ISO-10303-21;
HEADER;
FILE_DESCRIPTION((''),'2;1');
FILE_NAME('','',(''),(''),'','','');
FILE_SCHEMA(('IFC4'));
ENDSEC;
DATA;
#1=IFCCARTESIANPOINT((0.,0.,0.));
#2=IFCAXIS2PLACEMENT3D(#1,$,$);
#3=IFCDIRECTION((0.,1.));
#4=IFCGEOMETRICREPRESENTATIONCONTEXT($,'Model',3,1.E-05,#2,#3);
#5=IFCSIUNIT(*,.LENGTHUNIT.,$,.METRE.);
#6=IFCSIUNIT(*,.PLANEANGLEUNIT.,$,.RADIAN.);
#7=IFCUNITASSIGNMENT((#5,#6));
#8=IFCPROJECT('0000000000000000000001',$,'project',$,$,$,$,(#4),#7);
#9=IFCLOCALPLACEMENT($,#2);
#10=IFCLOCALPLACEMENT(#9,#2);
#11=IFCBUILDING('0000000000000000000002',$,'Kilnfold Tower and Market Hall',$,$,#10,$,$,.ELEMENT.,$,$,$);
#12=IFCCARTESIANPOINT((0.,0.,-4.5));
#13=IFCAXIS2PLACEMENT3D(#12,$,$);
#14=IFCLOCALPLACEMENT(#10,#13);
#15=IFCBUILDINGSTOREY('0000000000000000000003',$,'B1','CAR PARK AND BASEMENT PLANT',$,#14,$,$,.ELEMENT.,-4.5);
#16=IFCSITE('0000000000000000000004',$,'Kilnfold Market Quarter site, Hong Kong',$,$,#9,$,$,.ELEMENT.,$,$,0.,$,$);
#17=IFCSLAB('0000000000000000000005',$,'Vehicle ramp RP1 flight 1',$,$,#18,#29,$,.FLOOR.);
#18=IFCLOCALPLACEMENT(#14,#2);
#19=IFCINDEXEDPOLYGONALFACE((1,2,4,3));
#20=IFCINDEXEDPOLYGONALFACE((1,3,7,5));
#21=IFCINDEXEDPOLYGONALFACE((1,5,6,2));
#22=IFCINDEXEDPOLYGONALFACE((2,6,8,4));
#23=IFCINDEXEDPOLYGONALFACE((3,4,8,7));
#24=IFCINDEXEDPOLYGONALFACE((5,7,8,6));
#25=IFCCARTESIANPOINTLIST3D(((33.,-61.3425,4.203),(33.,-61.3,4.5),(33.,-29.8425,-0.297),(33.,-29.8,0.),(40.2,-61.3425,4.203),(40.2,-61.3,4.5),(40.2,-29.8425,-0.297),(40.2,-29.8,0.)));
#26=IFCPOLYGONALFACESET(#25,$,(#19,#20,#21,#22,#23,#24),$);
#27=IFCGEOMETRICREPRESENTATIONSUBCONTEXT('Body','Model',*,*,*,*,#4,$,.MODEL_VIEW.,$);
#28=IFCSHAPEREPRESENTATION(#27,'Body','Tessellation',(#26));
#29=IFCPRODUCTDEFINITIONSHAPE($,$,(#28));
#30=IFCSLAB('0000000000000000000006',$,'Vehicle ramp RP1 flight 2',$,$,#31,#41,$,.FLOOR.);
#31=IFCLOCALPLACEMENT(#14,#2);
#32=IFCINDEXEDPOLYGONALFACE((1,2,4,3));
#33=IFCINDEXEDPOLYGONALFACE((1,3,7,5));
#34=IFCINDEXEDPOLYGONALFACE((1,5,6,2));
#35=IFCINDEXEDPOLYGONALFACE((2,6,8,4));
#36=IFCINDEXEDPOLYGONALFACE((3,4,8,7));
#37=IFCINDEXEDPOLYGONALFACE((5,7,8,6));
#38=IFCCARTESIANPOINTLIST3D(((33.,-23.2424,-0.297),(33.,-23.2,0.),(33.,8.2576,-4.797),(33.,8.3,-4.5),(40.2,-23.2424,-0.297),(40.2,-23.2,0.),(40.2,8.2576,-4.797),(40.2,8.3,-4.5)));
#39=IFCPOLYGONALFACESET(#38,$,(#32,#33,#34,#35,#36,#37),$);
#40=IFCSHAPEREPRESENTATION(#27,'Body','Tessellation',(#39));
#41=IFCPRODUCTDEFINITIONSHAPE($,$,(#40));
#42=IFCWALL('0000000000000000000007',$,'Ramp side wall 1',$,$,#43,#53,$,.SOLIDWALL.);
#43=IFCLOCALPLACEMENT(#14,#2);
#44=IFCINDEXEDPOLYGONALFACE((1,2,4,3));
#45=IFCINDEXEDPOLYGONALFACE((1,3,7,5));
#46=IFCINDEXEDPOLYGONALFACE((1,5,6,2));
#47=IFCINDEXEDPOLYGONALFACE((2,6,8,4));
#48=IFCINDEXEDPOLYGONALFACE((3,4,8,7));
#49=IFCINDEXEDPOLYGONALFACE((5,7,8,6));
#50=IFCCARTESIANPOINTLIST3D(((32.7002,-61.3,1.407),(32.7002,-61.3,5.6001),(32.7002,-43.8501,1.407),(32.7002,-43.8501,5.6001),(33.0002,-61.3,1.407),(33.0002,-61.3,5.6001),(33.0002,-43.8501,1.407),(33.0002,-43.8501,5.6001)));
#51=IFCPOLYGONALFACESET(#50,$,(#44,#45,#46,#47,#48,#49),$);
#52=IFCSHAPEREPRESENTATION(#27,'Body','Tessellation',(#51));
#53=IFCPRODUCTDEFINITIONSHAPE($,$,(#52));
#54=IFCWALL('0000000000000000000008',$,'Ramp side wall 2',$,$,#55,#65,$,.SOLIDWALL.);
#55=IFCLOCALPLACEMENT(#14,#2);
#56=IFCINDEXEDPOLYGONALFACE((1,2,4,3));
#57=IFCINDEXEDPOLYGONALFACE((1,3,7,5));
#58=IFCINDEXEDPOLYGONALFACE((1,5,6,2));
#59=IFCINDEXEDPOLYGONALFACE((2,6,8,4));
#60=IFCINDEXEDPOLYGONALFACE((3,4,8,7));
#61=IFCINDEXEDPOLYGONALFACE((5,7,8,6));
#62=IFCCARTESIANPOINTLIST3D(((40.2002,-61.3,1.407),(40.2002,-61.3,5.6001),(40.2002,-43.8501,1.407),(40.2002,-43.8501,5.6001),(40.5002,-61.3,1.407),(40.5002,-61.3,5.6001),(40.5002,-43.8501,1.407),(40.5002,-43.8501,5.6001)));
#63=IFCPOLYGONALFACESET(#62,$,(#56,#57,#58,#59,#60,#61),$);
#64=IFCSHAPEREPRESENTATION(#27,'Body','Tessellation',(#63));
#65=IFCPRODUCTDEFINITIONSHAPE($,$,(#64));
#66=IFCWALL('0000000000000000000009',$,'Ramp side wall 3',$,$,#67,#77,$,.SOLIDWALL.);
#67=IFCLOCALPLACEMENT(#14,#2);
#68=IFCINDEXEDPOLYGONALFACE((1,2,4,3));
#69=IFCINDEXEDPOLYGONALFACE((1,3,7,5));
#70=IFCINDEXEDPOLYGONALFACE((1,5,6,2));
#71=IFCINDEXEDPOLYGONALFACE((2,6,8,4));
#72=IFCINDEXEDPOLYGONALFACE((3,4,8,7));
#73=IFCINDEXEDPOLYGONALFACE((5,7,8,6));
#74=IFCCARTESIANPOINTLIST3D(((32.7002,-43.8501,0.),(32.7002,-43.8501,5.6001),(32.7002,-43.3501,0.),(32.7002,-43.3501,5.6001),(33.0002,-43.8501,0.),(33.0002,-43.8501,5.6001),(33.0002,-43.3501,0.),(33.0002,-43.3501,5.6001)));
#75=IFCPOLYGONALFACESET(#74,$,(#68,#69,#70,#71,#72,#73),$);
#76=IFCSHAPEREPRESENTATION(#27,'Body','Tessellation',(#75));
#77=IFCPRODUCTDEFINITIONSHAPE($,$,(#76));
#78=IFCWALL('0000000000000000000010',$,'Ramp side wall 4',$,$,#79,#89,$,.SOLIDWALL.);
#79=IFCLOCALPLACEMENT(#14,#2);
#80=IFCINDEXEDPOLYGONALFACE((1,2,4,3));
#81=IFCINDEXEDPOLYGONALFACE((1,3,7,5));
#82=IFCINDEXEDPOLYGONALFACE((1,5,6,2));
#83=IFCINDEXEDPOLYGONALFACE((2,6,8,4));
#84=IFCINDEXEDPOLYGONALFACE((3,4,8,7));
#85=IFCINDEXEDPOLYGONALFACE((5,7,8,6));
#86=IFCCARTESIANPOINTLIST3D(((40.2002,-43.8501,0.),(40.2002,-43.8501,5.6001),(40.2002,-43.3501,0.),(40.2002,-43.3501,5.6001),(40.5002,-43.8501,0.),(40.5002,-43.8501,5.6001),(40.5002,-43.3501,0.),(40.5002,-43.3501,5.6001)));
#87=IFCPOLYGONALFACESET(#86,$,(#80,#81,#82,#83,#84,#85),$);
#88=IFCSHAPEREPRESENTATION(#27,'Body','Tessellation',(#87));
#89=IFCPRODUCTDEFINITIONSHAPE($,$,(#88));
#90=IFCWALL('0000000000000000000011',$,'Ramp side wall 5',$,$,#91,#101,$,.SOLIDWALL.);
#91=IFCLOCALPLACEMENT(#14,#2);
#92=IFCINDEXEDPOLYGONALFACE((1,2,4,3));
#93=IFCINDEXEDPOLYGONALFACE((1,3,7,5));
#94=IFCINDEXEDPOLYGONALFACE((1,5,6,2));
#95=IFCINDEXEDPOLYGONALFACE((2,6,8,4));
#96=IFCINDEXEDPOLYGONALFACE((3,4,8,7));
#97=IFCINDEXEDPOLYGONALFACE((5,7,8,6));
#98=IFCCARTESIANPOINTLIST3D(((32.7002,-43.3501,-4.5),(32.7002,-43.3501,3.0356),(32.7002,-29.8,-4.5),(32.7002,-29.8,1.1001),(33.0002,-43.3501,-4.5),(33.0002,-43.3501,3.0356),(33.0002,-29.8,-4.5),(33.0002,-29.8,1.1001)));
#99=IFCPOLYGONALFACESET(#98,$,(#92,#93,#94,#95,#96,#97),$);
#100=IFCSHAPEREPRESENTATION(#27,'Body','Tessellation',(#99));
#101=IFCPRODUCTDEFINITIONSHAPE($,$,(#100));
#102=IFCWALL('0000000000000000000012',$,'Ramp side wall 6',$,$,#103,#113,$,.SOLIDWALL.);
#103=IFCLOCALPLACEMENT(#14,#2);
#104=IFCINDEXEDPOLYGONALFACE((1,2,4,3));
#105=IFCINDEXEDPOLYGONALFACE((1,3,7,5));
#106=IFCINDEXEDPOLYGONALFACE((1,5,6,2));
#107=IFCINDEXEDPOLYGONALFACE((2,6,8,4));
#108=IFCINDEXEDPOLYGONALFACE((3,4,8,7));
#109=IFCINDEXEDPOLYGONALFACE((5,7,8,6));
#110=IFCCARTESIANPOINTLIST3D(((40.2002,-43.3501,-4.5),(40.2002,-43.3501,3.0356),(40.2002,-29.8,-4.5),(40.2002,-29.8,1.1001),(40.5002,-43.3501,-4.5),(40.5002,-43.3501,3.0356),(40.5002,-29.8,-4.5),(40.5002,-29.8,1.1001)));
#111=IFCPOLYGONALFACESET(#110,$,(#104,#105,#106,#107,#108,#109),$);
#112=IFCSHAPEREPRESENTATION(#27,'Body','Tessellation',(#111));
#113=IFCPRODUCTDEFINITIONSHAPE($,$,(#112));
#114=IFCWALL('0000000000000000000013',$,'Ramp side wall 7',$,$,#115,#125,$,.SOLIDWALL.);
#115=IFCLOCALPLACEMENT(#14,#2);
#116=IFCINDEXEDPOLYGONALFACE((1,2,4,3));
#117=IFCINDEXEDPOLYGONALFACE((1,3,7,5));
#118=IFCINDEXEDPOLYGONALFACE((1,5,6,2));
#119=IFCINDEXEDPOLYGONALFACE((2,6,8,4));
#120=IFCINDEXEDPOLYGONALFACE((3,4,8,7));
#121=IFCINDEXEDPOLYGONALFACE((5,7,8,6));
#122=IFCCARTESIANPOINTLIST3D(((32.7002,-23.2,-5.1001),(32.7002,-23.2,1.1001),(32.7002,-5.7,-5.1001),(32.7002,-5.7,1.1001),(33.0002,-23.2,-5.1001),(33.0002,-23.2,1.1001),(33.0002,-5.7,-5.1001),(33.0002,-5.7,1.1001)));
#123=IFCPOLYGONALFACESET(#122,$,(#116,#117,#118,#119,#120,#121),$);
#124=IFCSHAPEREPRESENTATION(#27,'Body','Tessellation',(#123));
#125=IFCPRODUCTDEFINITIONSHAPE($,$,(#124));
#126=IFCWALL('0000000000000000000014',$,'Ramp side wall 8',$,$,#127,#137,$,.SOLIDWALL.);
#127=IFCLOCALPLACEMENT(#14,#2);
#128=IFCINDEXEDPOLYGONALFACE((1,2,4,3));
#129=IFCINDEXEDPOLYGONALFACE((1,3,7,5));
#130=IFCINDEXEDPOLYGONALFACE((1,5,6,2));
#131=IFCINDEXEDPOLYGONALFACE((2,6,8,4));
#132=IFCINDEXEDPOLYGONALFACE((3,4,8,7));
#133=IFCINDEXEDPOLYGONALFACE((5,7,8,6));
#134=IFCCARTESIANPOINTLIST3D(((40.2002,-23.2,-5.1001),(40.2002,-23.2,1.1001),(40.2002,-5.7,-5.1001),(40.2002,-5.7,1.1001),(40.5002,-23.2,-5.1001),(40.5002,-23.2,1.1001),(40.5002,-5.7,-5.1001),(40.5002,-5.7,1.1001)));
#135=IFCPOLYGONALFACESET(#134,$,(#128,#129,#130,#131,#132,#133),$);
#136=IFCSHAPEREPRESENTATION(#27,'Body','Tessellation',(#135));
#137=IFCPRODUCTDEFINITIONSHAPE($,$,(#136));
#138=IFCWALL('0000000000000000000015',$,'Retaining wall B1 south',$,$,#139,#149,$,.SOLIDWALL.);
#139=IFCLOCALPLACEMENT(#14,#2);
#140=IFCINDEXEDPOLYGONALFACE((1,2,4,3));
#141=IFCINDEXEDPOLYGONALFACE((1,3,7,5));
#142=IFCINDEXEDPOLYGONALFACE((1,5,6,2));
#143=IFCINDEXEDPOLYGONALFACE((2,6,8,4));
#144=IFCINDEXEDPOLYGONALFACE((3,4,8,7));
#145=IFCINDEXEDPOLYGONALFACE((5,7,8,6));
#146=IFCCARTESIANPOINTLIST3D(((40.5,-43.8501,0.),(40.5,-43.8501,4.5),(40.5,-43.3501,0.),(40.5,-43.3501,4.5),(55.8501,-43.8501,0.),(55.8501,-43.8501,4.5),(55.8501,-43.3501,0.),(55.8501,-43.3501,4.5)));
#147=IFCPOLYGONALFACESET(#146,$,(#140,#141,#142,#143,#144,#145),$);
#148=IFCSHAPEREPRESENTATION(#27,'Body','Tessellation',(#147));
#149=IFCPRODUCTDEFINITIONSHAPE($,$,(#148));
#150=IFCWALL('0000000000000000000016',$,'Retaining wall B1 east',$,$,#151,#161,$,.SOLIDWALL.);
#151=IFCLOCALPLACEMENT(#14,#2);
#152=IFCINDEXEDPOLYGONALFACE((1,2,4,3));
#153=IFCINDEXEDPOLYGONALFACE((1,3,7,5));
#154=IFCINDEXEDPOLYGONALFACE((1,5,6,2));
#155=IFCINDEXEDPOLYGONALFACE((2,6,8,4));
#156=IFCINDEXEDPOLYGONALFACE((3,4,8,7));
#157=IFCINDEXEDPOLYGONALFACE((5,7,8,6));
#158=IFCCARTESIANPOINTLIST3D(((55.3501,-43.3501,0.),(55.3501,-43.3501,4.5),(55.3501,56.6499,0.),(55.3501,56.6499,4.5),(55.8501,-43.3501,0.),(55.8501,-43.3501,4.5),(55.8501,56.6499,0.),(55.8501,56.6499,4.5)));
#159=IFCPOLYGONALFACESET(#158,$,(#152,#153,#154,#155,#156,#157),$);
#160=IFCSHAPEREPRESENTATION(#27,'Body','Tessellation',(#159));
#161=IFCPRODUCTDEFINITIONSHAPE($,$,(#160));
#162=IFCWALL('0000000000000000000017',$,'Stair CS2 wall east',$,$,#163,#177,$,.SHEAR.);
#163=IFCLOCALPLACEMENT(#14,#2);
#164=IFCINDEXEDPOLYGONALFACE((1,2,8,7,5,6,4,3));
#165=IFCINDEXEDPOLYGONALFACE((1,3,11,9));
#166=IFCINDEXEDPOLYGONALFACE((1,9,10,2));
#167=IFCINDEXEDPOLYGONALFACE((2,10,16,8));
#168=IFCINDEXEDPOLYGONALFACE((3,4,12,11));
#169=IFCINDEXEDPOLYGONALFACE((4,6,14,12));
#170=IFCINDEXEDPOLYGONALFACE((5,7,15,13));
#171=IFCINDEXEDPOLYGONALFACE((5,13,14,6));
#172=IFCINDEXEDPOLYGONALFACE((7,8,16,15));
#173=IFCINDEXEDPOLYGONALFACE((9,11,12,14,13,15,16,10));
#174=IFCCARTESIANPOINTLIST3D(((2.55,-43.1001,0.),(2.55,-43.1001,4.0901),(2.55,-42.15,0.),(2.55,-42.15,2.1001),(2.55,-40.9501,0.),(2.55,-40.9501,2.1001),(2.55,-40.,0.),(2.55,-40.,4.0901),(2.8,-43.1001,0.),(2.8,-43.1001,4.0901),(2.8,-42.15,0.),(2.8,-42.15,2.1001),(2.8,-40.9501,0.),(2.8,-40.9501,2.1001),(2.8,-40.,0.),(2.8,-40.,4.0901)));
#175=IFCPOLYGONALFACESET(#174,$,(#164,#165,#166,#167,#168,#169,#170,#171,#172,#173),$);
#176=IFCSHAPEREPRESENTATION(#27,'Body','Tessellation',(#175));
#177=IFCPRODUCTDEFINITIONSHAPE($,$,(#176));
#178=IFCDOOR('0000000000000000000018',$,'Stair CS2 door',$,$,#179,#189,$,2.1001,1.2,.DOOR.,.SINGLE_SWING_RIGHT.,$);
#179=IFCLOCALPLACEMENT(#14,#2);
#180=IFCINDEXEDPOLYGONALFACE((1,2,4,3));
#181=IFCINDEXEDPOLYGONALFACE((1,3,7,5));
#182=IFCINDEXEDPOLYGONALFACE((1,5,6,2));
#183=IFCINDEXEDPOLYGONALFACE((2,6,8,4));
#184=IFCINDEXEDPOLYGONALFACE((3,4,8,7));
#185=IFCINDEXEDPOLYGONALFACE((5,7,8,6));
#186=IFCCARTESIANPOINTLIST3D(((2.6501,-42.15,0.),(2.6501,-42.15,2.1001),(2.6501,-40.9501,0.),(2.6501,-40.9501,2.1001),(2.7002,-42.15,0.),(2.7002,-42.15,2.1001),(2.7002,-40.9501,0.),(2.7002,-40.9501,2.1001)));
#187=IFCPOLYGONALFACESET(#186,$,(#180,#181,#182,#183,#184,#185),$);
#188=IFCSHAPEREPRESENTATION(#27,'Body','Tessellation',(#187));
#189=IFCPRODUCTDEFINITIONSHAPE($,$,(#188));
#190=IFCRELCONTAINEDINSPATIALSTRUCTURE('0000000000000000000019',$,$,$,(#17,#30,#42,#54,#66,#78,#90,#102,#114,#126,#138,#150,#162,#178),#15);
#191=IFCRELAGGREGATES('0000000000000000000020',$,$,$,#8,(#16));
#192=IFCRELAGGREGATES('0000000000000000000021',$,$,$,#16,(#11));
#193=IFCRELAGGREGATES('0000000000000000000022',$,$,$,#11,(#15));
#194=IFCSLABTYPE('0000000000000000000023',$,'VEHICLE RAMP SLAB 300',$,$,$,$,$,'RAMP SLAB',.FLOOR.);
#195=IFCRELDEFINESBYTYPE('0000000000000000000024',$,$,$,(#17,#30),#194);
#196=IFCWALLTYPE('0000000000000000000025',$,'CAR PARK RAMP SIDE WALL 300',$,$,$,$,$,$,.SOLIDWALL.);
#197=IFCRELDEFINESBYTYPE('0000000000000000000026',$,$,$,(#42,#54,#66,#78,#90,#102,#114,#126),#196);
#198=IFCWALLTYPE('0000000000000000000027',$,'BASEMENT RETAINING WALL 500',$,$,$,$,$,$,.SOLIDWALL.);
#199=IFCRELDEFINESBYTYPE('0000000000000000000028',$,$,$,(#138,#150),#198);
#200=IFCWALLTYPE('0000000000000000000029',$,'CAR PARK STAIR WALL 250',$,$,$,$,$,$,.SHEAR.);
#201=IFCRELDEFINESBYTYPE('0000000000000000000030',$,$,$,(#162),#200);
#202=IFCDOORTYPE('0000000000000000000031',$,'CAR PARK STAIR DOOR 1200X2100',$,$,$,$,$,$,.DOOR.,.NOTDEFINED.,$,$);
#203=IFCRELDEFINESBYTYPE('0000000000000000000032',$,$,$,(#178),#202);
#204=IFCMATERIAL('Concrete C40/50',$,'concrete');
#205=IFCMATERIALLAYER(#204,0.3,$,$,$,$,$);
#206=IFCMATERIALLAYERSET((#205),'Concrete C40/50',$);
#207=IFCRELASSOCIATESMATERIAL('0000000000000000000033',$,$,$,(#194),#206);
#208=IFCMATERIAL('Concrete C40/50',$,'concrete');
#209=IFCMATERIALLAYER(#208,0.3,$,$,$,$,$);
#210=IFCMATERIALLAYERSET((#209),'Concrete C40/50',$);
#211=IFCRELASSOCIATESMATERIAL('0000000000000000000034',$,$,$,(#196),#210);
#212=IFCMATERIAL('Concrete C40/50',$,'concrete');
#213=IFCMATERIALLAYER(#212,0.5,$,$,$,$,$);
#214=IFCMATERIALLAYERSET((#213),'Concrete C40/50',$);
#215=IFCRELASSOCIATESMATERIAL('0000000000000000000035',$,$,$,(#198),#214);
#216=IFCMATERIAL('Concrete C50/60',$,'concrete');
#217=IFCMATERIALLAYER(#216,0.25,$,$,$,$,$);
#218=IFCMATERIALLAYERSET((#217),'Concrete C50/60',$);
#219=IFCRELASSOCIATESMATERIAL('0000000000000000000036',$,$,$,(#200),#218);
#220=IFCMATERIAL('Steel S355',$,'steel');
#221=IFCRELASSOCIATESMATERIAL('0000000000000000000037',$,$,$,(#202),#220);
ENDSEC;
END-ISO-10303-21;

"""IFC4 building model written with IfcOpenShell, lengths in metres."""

from ifc_helpers import new_model, si_unit, direction, frame, frame_2d, origin, place, context, subcontext, project, spatial, polyline, rectangle, outline, extrude, source, transform, mapped, material, layer, layer_set, type_object, element, fill, save


model = new_model("IFC4")

# Units and contexts
model_context = context("Model", 3, precision=1e-05, world=origin(), true_north=direction((0.0, 1.0)))
body_context = subcontext(model_context, "Body", "Model", "MODEL_VIEW")
ifc_project = project(units=[si_unit("LENGTHUNIT", "METRE"), si_unit("PLANEANGLEUNIT", "RADIAN")], contexts=[model_context])

# Site, building, storey
site_placement = place(None, origin())
site = spatial("IfcSite", under=ifc_project, at=site_placement, Name="Kilnfold Market Quarter site, Hong Kong", CompositionType="ELEMENT", RefElevation=0.0)
building_placement = place(site_placement, origin())
building = spatial("IfcBuilding", under=site, at=building_placement, Name="Kilnfold Tower and Market Hall", CompositionType="ELEMENT")
storey_placement = place(building_placement, frame((0.0, 0.0, -4.5)))
storey = spatial("IfcBuildingStorey", under=building, at=storey_placement, Name="B1", Description="CAR PARK AND BASEMENT PLANT", CompositionType="ELEMENT", Elevation=-4.5)

# Slabs
ifc_material_1 = material(Name="Concrete C40/50", Category="concrete")
ifc_layer_1 = layer(ifc_material_1, 0.3)
ifc_layer_set_1 = layer_set([ifc_layer_1], Name="Concrete C40/50")
slab_type = type_object("IfcSlabType", Name="VEHICLE RAMP SLAB 300", ElementType="RAMP SLAB", PredefinedType="FLOOR", material=ifc_layer_set_1)
for number, where, z_axis, x_axis, name in (
    (1, (33.0, -61.3, 4.5), (0.0, 0.141421, 0.989949), (0.0, 0.989949, -0.141421), "Vehicle ramp RP1 flight 1"),
    (2, (33.0, -23.2, 0.0), (0.0, 0.141421, 0.989949), (0.0, 0.989949, -0.141421), "Vehicle ramp RP1 flight 2"),
):
    element("IfcSlab", number, at=place(storey_placement, frame(where, z_axis=z_axis, x_axis=x_axis)), inside=storey, type_object=slab_type, Name=name, PredefinedType="FLOOR", context=body_context, shape_type="SweptSolid", body=[
        extrude(outline(polyline([(0.0, 0.0), (31.8198, 0.0), (31.8198, -7.2), (0.0, -7.2), (0.0, 0.0)])), origin(), (0.0, 0.0, -1.0), 0.3),
    ])

# Walls
ifc_material_2 = material(Name="Concrete C40/50", Category="concrete")
ifc_layer_2 = layer(ifc_material_2, 0.3)
ifc_layer_set_2 = layer_set([ifc_layer_2], Name="Concrete C40/50")
wall_type_1 = type_object("IfcWallType", Name="CAR PARK RAMP SIDE WALL 300", PredefinedType="SOLIDWALL", material=ifc_layer_set_2)
for number, where, z_axis, x_axis, name in (
    (3, (32.8501, -61.3, 1.407), (0.0, 0.0, 1.0), (0.0, 1.0, 0.0), "Ramp side wall 1"),
    (4, (40.3501, -61.3, 1.407), (0.0, 0.0, 1.0), (0.0, 1.0, 0.0), "Ramp side wall 2"),
):
    element("IfcWall", number, at=place(storey_placement, frame(where, z_axis=z_axis, x_axis=x_axis)), inside=storey, type_object=wall_type_1, Name=name, PredefinedType="SOLIDWALL", context=body_context, shape_type="SweptSolid", body=[
        extrude(outline(polyline([(0.0, 0.0), (17.45, 0.0), (17.45, 4.1931), (0.0, 4.1931), (0.0, 0.0)])), frame((0.0, 0.1499, 0.0), z_axis=(0.0, -1.0, 0.0), x_axis=(1.0, 0.0, 0.0)), (0.0, 0.0, 1.0), 0.3),
    ])
for number, where, z_axis, x_axis, name in (
    (5, (32.8501, -43.8501, 0.0), (0.0, 0.0, 1.0), (0.0, 1.0, 0.0), "Ramp side wall 3"),
    (6, (40.3501, -43.8501, 0.0), (0.0, 0.0, 1.0), (0.0, 1.0, 0.0), "Ramp side wall 4"),
):
    element("IfcWall", number, at=place(storey_placement, frame(where, z_axis=z_axis, x_axis=x_axis)), inside=storey, type_object=wall_type_1, Name=name, PredefinedType="SOLIDWALL", context=body_context, shape_type="SweptSolid", body=[
        extrude(outline(polyline([(0.0, 0.0), (0.5, 0.0), (0.5, 5.6001), (0.0, 5.6001), (0.0, 0.0)])), frame((0.0, 0.1499, 0.0), z_axis=(0.0, -1.0, 0.0), x_axis=(1.0, 0.0, 0.0)), (0.0, 0.0, 1.0), 0.3),
    ])
for number, where, z_axis, x_axis, name in (
    (7, (32.8501, -43.3501, -4.5), (0.0, 0.0, 1.0), (0.0, 1.0, 0.0), "Ramp side wall 5"),
    (8, (40.3501, -43.3501, -4.5), (0.0, 0.0, 1.0), (0.0, 1.0, 0.0), "Ramp side wall 6"),
):
    element("IfcWall", number, at=place(storey_placement, frame(where, z_axis=z_axis, x_axis=x_axis)), inside=storey, type_object=wall_type_1, Name=name, PredefinedType="SOLIDWALL", context=body_context, shape_type="SweptSolid", body=[
        extrude(outline(polyline([(0.0, 0.0), (13.55, 0.0), (13.55, 5.6001), (0.0, 7.5356), (0.0, 0.0)])), frame((0.0, 0.1499, 0.0), z_axis=(0.0, -1.0, 0.0), x_axis=(1.0, 0.0, 0.0)), (0.0, 0.0, 1.0), 0.3),
    ])
for number, where, z_axis, x_axis, name in (
    (9, (32.8501, -23.2, -5.1001), (0.0, 0.0, 1.0), (0.0, 1.0, 0.0), "Ramp side wall 7"),
    (10, (40.3501, -23.2, -5.1001), (0.0, 0.0, 1.0), (0.0, 1.0, 0.0), "Ramp side wall 8"),
):
    element("IfcWall", number, at=place(storey_placement, frame(where, z_axis=z_axis, x_axis=x_axis)), inside=storey, type_object=wall_type_1, Name=name, PredefinedType="SOLIDWALL", context=body_context, shape_type="SweptSolid", body=[
        extrude(outline(polyline([(0.0, 0.0), (17.5, 0.0), (17.5, 6.2002), (0.0, 6.2002), (0.0, 0.0)])), frame((0.0, 0.1499, 0.0), z_axis=(0.0, -1.0, 0.0), x_axis=(1.0, 0.0, 0.0)), (0.0, 0.0, 1.0), 0.3),
    ])
ifc_material_3 = material(Name="Concrete C40/50", Category="concrete")
ifc_layer_3 = layer(ifc_material_3, 0.5)
ifc_layer_set_3 = layer_set([ifc_layer_3], Name="Concrete C40/50")
wall_type_2 = type_object("IfcWallType", Name="BASEMENT RETAINING WALL 500", PredefinedType="SOLIDWALL", material=ifc_layer_set_3)
shared_shape_1 = source(origin(), body_context, "Body", "SweptSolid", [
    extrude(rectangle(XDim=15.3501, YDim=0.5, at=frame_2d((7.675, 0.0))), origin(), (0.0, 0.0, 1.0), 4.5),
])
wall_1_placement = place(storey_placement, frame((40.5, -43.6001, 0.0), z_axis=(0.0, 0.0, 1.0), x_axis=(1.0, 0.0, 0.0)))
element("IfcWall", 11, at=wall_1_placement, inside=storey, type_object=wall_type_2, Name="Retaining wall B1 south", PredefinedType="SOLIDWALL", context=body_context, shape_type="MappedRepresentation", body=[
    mapped(shared_shape_1, transform((0.0, 0.0, 0.0))),
])
shared_shape_2 = source(origin(), body_context, "Body", "SweptSolid", [
    extrude(rectangle(XDim=100.0, YDim=0.5, at=frame_2d((50.0, 0.0))), origin(), (0.0, 0.0, 1.0), 4.5),
])
wall_2_placement = place(storey_placement, frame((55.6001, -43.3501, 0.0), z_axis=(0.0, 0.0, 1.0), x_axis=(0.0, 1.0, 0.0)))
element("IfcWall", 12, at=wall_2_placement, inside=storey, type_object=wall_type_2, Name="Retaining wall B1 east", PredefinedType="SOLIDWALL", context=body_context, shape_type="MappedRepresentation", body=[
    mapped(shared_shape_2, transform((0.0, 0.0, 0.0))),
])

# Wall, opening, door
ifc_material_4 = material(Name="Concrete C50/60", Category="concrete")
ifc_layer_4 = layer(ifc_material_4, 0.25)
ifc_layer_set_4 = layer_set([ifc_layer_4], Name="Concrete C50/60")
wall_type_3 = type_object("IfcWallType", Name="CAR PARK STAIR WALL 250", PredefinedType="SHEAR", material=ifc_layer_set_4)
shared_shape_3 = source(origin(), body_context, "Body", "SweptSolid", [
    extrude(rectangle(XDim=3.1001, YDim=0.25, at=frame_2d((1.55, 0.0))), origin(), (0.0, 0.0, 1.0), 4.0901),
])
wall_3_placement = place(storey_placement, frame((2.675, -43.1001, 0.0), z_axis=(0.0, 0.0, 1.0), x_axis=(0.0, 1.0, 0.0)))
wall_3 = element("IfcWall", 13, at=wall_3_placement, inside=storey, type_object=wall_type_3, Name="Stair CS2 wall east", PredefinedType="SHEAR", context=body_context, shape_type="MappedRepresentation", body=[
    mapped(shared_shape_3, transform((0.0, 0.0, 0.0))),
])
opening_placement = place(wall_3_placement, frame((0.95, 0.0, 0.0)))
opening = element("IfcOpeningElement", 14, at=opening_placement, cuts=wall_3, PredefinedType="OPENING", context=body_context, shape_type="SweptSolid", body=[
    extrude(rectangle(XDim=1.2, YDim=2.1001, at=frame_2d((0.6001, 1.05))), frame((0.0, 0.135, 0.0), z_axis=(0.0, -1.0, 0.0), x_axis=(1.0, 0.0, 0.0)), (0.0, 0.0, 1.0), 0.27),
])
ifc_material_5 = material(Name="Steel S355", Category="steel")
door_type = type_object("IfcDoorType", Name="CAR PARK STAIR DOOR 1200X2100", OperationType="NOTDEFINED", PredefinedType="DOOR", material=ifc_material_5)
door_placement = place(opening_placement, origin())
door = element("IfcDoor", 15, at=door_placement, inside=storey, type_object=door_type, Name="Stair CS2 door", OperationType="SINGLE_SWING_RIGHT", OverallHeight=2.1001, OverallWidth=1.2, PredefinedType="DOOR", context=body_context, shape_type="SweptSolid", body=[
    extrude(rectangle(XDim=1.2, YDim=2.1001, at=frame_2d((0.6001, 1.05))), frame((0.0, 0.0249, 0.0), z_axis=(0.0, -1.0, 0.0), x_axis=(1.0, 0.0, 0.0)), (0.0, 0.0, 1.0), 0.05),
])
fill(opening, door)

save(model, "model.ifc")
